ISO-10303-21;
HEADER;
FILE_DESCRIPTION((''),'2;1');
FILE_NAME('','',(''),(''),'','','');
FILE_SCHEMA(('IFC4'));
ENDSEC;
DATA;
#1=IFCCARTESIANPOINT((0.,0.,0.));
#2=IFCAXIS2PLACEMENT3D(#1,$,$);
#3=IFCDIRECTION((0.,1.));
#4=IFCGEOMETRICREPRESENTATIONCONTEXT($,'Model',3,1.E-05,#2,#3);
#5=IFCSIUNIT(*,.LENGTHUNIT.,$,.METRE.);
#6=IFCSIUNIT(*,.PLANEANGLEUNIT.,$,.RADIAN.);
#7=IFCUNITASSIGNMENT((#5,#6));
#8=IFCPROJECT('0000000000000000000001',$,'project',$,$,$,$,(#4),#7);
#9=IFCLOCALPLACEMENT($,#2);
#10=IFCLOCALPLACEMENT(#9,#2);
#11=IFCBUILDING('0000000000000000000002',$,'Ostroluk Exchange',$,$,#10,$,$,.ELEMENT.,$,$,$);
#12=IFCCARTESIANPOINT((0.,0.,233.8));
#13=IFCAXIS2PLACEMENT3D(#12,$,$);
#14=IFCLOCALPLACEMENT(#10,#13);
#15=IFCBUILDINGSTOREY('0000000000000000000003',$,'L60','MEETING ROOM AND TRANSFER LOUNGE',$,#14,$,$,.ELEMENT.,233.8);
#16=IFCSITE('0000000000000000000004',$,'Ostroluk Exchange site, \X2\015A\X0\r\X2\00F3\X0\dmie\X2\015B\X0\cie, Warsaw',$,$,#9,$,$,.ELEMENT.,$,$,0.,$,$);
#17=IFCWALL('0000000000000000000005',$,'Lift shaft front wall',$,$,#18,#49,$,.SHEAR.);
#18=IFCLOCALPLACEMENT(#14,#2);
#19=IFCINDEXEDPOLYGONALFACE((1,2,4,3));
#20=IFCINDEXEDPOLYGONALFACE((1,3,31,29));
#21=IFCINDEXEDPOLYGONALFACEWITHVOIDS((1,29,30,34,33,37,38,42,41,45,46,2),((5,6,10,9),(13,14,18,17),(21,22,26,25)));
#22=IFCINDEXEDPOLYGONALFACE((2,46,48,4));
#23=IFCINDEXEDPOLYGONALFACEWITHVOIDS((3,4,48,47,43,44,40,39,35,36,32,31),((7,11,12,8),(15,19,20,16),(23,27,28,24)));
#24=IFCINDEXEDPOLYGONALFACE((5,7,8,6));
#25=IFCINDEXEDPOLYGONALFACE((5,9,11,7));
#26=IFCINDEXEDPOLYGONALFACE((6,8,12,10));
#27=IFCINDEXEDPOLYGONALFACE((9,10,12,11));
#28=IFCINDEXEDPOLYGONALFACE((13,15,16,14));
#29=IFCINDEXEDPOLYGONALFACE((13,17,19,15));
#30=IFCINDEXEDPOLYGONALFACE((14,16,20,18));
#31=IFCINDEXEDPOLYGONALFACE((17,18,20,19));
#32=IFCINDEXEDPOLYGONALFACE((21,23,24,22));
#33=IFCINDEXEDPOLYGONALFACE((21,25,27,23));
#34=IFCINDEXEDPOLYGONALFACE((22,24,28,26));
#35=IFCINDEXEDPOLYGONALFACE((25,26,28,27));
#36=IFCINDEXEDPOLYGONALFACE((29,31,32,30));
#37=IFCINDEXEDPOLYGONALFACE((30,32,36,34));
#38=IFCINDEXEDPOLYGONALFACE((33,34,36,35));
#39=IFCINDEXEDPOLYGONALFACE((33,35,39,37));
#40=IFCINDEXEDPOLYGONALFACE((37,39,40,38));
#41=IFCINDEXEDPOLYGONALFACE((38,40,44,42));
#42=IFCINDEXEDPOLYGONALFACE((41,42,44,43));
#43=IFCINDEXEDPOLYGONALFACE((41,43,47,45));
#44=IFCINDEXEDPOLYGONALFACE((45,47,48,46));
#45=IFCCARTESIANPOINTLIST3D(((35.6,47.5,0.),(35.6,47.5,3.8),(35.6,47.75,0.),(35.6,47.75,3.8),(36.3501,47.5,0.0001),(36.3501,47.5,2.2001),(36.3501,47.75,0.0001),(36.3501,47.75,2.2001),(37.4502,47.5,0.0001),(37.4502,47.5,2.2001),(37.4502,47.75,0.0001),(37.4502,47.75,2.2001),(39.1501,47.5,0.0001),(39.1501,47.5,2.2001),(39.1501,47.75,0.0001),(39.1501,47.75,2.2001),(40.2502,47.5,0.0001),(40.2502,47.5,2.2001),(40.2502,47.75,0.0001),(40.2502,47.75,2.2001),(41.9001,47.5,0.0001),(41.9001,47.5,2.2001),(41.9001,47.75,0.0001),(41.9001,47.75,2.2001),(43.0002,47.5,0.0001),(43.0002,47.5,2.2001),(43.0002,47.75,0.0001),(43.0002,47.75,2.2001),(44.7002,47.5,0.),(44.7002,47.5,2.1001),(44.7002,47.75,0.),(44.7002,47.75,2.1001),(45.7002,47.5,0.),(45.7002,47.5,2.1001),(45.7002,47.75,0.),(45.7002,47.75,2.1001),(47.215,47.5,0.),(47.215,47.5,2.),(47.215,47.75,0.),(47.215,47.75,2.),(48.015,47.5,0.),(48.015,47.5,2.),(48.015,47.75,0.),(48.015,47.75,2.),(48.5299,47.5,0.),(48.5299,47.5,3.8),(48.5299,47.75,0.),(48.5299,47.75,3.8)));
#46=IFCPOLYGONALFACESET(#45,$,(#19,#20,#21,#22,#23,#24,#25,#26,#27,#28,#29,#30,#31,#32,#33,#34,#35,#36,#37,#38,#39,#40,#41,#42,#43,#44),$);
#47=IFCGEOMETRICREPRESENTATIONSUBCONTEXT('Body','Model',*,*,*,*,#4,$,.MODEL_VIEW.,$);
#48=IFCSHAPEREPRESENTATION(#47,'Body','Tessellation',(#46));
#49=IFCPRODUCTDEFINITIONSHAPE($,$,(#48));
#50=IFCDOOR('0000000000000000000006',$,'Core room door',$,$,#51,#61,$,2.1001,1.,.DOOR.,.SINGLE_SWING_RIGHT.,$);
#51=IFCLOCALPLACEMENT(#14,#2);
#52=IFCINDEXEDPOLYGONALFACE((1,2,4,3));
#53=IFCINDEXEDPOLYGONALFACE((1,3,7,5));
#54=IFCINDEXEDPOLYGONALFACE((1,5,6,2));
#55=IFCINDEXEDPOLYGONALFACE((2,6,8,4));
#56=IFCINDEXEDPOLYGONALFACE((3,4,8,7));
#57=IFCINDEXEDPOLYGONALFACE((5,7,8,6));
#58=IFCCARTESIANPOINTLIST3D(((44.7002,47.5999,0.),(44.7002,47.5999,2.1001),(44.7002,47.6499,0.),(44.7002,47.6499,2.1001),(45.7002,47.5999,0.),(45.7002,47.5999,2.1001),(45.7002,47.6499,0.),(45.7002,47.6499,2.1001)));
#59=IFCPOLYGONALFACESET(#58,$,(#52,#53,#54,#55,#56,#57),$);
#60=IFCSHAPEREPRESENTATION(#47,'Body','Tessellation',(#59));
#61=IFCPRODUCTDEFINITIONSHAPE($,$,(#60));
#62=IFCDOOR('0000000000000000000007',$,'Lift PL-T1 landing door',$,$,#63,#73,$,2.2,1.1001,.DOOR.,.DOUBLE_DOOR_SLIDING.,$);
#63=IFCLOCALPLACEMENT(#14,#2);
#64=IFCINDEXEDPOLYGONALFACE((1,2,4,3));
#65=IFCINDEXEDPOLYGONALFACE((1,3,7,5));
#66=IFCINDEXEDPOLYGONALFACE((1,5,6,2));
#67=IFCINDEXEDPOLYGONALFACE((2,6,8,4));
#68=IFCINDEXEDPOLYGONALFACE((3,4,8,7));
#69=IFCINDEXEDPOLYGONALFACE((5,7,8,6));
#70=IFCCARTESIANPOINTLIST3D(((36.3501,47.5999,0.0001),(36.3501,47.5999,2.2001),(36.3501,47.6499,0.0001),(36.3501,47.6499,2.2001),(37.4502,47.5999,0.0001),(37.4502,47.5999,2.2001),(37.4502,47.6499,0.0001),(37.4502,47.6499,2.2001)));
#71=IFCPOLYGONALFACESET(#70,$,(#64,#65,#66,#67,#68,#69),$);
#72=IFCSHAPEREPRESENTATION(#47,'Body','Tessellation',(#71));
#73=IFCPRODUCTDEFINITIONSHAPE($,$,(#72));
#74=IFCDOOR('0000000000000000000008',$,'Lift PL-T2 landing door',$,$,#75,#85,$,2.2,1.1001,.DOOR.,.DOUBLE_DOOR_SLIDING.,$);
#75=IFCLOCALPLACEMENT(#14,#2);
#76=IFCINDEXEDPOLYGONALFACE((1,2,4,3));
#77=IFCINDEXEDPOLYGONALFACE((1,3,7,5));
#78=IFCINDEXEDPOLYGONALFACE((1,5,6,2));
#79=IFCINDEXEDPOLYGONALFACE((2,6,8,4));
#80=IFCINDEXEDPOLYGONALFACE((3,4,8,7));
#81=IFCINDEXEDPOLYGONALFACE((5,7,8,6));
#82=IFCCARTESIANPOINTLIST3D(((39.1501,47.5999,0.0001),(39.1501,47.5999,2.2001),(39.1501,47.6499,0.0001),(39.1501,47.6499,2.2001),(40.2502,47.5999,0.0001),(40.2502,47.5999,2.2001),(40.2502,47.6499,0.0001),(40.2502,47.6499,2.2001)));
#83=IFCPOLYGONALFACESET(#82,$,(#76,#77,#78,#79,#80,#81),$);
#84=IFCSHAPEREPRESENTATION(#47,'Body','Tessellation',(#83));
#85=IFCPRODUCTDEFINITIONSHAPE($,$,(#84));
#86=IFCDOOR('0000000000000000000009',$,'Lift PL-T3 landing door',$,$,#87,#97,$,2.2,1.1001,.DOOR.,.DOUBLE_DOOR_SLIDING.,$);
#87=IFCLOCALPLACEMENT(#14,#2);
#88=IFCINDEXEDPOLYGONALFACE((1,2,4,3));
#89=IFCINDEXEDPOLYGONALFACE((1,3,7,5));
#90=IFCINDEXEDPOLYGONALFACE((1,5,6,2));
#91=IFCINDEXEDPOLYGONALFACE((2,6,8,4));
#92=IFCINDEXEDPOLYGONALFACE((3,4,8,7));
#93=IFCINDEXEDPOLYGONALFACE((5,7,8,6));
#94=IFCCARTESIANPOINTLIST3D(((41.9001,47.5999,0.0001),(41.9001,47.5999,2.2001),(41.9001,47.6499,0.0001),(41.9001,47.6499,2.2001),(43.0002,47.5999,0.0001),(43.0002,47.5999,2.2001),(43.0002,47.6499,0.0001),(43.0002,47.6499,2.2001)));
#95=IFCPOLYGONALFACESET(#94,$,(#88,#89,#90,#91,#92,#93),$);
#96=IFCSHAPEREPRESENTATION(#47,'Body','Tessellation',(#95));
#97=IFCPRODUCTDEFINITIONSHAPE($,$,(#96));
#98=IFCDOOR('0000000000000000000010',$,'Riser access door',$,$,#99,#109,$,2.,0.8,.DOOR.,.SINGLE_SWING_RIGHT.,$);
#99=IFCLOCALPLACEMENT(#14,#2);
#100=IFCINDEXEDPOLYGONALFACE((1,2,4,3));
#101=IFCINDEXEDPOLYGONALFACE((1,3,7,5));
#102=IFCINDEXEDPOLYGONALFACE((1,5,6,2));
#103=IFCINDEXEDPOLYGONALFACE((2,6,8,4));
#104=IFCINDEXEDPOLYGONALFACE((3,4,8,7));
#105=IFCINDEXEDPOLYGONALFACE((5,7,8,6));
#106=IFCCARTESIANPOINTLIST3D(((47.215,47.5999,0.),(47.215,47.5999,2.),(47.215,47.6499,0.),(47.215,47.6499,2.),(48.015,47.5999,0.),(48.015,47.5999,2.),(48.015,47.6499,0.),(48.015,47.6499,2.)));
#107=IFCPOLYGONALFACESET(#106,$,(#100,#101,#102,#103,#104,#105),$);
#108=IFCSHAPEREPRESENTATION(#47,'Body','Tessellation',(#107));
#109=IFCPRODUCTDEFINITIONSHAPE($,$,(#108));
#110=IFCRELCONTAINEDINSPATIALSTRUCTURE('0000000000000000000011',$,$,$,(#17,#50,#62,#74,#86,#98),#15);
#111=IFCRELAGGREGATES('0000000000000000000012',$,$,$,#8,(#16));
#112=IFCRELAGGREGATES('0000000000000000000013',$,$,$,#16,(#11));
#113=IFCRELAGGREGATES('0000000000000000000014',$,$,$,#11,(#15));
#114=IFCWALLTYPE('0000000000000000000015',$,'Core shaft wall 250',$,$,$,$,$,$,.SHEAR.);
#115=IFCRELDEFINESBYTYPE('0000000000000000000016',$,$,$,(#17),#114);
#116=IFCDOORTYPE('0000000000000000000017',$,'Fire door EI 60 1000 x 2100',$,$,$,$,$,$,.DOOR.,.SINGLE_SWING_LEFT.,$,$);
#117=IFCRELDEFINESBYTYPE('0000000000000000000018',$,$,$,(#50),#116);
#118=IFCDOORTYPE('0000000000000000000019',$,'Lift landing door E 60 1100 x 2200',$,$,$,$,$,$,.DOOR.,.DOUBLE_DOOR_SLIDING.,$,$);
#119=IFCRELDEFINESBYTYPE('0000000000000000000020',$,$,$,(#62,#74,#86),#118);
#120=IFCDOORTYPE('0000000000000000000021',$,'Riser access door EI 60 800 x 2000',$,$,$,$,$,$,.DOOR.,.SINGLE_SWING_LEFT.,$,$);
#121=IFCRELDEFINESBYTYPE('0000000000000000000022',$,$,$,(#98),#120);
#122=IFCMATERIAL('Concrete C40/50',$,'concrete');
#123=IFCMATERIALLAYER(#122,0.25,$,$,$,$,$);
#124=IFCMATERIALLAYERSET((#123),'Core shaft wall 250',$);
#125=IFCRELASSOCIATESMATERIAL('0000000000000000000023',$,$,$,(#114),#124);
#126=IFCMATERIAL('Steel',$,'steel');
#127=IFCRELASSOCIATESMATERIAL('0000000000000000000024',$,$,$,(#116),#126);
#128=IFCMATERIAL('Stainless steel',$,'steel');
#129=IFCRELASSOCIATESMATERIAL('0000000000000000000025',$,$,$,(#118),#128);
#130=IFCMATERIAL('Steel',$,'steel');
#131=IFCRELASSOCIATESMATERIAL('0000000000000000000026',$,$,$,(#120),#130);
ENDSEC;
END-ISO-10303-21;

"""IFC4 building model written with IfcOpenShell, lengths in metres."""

from ifc_helpers import new_model, si_unit, direction, frame, frame_2d, origin, place, context, subcontext, project, spatial, rectangle, extrude, material, layer, layer_set, type_object, element, fill, save


model = new_model("IFC4")

# Units and contexts
model_context = context("Model", 3, precision=1e-05, world=origin(), true_north=direction((0.0, 1.0)))
body_context = subcontext(model_context, "Body", "Model", "MODEL_VIEW")
ifc_project = project(units=[si_unit("LENGTHUNIT", "METRE"), si_unit("PLANEANGLEUNIT", "RADIAN")], contexts=[model_context])

# Site, building, storey
site_placement = place(None, origin())
site = spatial("IfcSite", under=ifc_project, at=site_placement, Name="Ostroluk Exchange site, Śródmieście, Warsaw", CompositionType="ELEMENT", RefElevation=0.0)
building_placement = place(site_placement, origin())
building = spatial("IfcBuilding", under=site, at=building_placement, Name="Ostroluk Exchange", CompositionType="ELEMENT")
storey_placement = place(building_placement, frame((0.0, 0.0, 233.8)))
storey = spatial("IfcBuildingStorey", under=building, at=storey_placement, Name="L60", Description="MEETING ROOM AND TRANSFER LOUNGE", CompositionType="ELEMENT", Elevation=233.8)

# Shared definitions
ifc_material_1 = material(Name="Concrete C40/50", Category="concrete")
ifc_layer = layer(ifc_material_1, 0.25)
ifc_layer_set = layer_set([ifc_layer], Name="Core shaft wall 250")
wall_type = type_object("IfcWallType", Name="Core shaft wall 250", PredefinedType="SHEAR", material=ifc_layer_set)

# Wall, openings, doors
wall_1_placement = place(storey_placement, frame((35.6001, 47.625, 0.0), z_axis=(0.0, 0.0, 1.0), x_axis=(1.0, 0.0, 0.0)))
wall_1 = element("IfcWall", 1, at=wall_1_placement, inside=storey, type_object=wall_type, Name="Lift shaft front wall", PredefinedType="SHEAR", context=body_context, shape_type="SweptSolid", body=[
    extrude(rectangle(XDim=12.9299, YDim=0.25, at=frame_2d((6.4648, 0.0))), origin(), (0.0, 0.0, 1.0), 3.8),
])
opening_1_placement = place(wall_1_placement, frame((0.75, 0.0, 0.0)))
opening_1 = element("IfcOpeningElement", 2, at=opening_1_placement, cuts=wall_1, PredefinedType="OPENING", context=body_context, shape_type="SweptSolid", body=[
    extrude(rectangle(XDim=1.1001, YDim=2.2, at=frame_2d((0.55, 1.1001))), frame((0.0, 0.135, 0.0), z_axis=(0.0, -1.0, 0.0), x_axis=(1.0, 0.0, 0.0)), (0.0, 0.0, 1.0), 0.27),
])
opening_2_placement = place(wall_1_placement, frame((3.55, 0.0, 0.0)))
opening_2 = element("IfcOpeningElement", 3, at=opening_2_placement, cuts=wall_1, PredefinedType="OPENING", context=body_context, shape_type="SweptSolid", body=[
    extrude(rectangle(XDim=1.1001, YDim=2.2, at=frame_2d((0.55, 1.1001))), frame((0.0, 0.135, 0.0), z_axis=(0.0, -1.0, 0.0), x_axis=(1.0, 0.0, 0.0)), (0.0, 0.0, 1.0), 0.27),
])
opening_3_placement = place(wall_1_placement, frame((6.3, 0.0, 0.0)))
opening_3 = element("IfcOpeningElement", 4, at=opening_3_placement, cuts=wall_1, PredefinedType="OPENING", context=body_context, shape_type="SweptSolid", body=[
    extrude(rectangle(XDim=1.1001, YDim=2.2, at=frame_2d((0.55, 1.1001))), frame((0.0, 0.135, 0.0), z_axis=(0.0, -1.0, 0.0), x_axis=(1.0, 0.0, 0.0)), (0.0, 0.0, 1.0), 0.27),
])
opening_4_placement = place(wall_1_placement, frame((9.1001, 0.0, 0.0)))
opening_4 = element("IfcOpeningElement", 5, at=opening_4_placement, cuts=wall_1, PredefinedType="OPENING", context=body_context, shape_type="SweptSolid", body=[
    extrude(rectangle(XDim=1.0, YDim=2.1001, at=frame_2d((0.5, 1.05))), frame((0.0, 0.135, 0.0), z_axis=(0.0, -1.0, 0.0), x_axis=(1.0, 0.0, 0.0)), (0.0, 0.0, 1.0), 0.27),
])
opening_5_placement = place(wall_1_placement, frame((11.615, 0.0, 0.0)))
opening_5 = element("IfcOpeningElement", 6, at=opening_5_placement, cuts=wall_1, PredefinedType="OPENING", context=body_context, shape_type="SweptSolid", body=[
    extrude(rectangle(XDim=0.8, YDim=2.0, at=frame_2d((0.3999, 1.0))), frame((0.0, 0.135, 0.0), z_axis=(0.0, -1.0, 0.0), x_axis=(1.0, 0.0, 0.0)), (0.0, 0.0, 1.0), 0.27),
])
ifc_material_2 = material(Name="Steel", Category="steel")
door_type_1 = type_object("IfcDoorType", Name="Fire door EI 60 1000 x 2100", OperationType="SINGLE_SWING_LEFT", PredefinedType="DOOR", material=ifc_material_2)
door_1_placement = place(opening_4_placement, origin())
door_1 = element("IfcDoor", 7, at=door_1_placement, inside=storey, type_object=door_type_1, Name="Core room door", OperationType="SINGLE_SWING_RIGHT", OverallHeight=2.1001, OverallWidth=1.0, PredefinedType="DOOR", context=body_context, shape_type="SweptSolid", body=[
    extrude(rectangle(XDim=1.0, YDim=2.1001, at=frame_2d((0.5, 1.05))), frame((0.0, 0.0249, 0.0), z_axis=(0.0, -1.0, 0.0), x_axis=(1.0, 0.0, 0.0)), (0.0, 0.0, 1.0), 0.05),
])
fill(opening_4, door_1)
ifc_material_3 = material(Name="Stainless steel", Category="steel")
door_type_2 = type_object("IfcDoorType", Name="Lift landing door E 60 1100 x 2200", OperationType="DOUBLE_DOOR_SLIDING", PredefinedType="DOOR", material=ifc_material_3)
door_2_placement = place(opening_1_placement, origin())
door_2 = element("IfcDoor", 8, at=door_2_placement, inside=storey, type_object=door_type_2, Name="Lift PL-T1 landing door", OperationType="DOUBLE_DOOR_SLIDING", OverallHeight=2.2, OverallWidth=1.1001, PredefinedType="DOOR", context=body_context, shape_type="SweptSolid", body=[
    extrude(rectangle(XDim=1.1001, YDim=2.2, at=frame_2d((0.55, 1.1001))), frame((0.0, 0.0249, 0.0), z_axis=(0.0, -1.0, 0.0), x_axis=(1.0, 0.0, 0.0)), (0.0, 0.0, 1.0), 0.05),
])
fill(opening_1, door_2)
door_3_placement = place(opening_2_placement, origin())
door_3 = element("IfcDoor", 9, at=door_3_placement, inside=storey, type_object=door_type_2, Name="Lift PL-T2 landing door", OperationType="DOUBLE_DOOR_SLIDING", OverallHeight=2.2, OverallWidth=1.1001, PredefinedType="DOOR", context=body_context, shape_type="SweptSolid", body=[
    extrude(rectangle(XDim=1.1001, YDim=2.2, at=frame_2d((0.55, 1.1001))), frame((0.0, 0.0249, 0.0), z_axis=(0.0, -1.0, 0.0), x_axis=(1.0, 0.0, 0.0)), (0.0, 0.0, 1.0), 0.05),
])
fill(opening_2, door_3)
door_4_placement = place(opening_3_placement, origin())
door_4 = element("IfcDoor", 10, at=door_4_placement, inside=storey, type_object=door_type_2, Name="Lift PL-T3 landing door", OperationType="DOUBLE_DOOR_SLIDING", OverallHeight=2.2, OverallWidth=1.1001, PredefinedType="DOOR", context=body_context, shape_type="SweptSolid", body=[
    extrude(rectangle(XDim=1.1001, YDim=2.2, at=frame_2d((0.55, 1.1001))), frame((0.0, 0.0249, 0.0), z_axis=(0.0, -1.0, 0.0), x_axis=(1.0, 0.0, 0.0)), (0.0, 0.0, 1.0), 0.05),
])
fill(opening_3, door_4)
ifc_material_4 = material(Name="Steel", Category="steel")
door_type_3 = type_object("IfcDoorType", Name="Riser access door EI 60 800 x 2000", OperationType="SINGLE_SWING_LEFT", PredefinedType="DOOR", material=ifc_material_4)
door_5_placement = place(opening_5_placement, origin())
door_5 = element("IfcDoor", 11, at=door_5_placement, inside=storey, type_object=door_type_3, Name="Riser access door", OperationType="SINGLE_SWING_RIGHT", OverallHeight=2.0, OverallWidth=0.8, PredefinedType="DOOR", context=body_context, shape_type="SweptSolid", body=[
    extrude(rectangle(XDim=0.8, YDim=2.0, at=frame_2d((0.3999, 1.0))), frame((0.0, 0.0249, 0.0), z_axis=(0.0, -1.0, 0.0), x_axis=(1.0, 0.0, 0.0)), (0.0, 0.0, 1.0), 0.05),
])
fill(opening_5, door_5)

save(model, "model.ifc")
